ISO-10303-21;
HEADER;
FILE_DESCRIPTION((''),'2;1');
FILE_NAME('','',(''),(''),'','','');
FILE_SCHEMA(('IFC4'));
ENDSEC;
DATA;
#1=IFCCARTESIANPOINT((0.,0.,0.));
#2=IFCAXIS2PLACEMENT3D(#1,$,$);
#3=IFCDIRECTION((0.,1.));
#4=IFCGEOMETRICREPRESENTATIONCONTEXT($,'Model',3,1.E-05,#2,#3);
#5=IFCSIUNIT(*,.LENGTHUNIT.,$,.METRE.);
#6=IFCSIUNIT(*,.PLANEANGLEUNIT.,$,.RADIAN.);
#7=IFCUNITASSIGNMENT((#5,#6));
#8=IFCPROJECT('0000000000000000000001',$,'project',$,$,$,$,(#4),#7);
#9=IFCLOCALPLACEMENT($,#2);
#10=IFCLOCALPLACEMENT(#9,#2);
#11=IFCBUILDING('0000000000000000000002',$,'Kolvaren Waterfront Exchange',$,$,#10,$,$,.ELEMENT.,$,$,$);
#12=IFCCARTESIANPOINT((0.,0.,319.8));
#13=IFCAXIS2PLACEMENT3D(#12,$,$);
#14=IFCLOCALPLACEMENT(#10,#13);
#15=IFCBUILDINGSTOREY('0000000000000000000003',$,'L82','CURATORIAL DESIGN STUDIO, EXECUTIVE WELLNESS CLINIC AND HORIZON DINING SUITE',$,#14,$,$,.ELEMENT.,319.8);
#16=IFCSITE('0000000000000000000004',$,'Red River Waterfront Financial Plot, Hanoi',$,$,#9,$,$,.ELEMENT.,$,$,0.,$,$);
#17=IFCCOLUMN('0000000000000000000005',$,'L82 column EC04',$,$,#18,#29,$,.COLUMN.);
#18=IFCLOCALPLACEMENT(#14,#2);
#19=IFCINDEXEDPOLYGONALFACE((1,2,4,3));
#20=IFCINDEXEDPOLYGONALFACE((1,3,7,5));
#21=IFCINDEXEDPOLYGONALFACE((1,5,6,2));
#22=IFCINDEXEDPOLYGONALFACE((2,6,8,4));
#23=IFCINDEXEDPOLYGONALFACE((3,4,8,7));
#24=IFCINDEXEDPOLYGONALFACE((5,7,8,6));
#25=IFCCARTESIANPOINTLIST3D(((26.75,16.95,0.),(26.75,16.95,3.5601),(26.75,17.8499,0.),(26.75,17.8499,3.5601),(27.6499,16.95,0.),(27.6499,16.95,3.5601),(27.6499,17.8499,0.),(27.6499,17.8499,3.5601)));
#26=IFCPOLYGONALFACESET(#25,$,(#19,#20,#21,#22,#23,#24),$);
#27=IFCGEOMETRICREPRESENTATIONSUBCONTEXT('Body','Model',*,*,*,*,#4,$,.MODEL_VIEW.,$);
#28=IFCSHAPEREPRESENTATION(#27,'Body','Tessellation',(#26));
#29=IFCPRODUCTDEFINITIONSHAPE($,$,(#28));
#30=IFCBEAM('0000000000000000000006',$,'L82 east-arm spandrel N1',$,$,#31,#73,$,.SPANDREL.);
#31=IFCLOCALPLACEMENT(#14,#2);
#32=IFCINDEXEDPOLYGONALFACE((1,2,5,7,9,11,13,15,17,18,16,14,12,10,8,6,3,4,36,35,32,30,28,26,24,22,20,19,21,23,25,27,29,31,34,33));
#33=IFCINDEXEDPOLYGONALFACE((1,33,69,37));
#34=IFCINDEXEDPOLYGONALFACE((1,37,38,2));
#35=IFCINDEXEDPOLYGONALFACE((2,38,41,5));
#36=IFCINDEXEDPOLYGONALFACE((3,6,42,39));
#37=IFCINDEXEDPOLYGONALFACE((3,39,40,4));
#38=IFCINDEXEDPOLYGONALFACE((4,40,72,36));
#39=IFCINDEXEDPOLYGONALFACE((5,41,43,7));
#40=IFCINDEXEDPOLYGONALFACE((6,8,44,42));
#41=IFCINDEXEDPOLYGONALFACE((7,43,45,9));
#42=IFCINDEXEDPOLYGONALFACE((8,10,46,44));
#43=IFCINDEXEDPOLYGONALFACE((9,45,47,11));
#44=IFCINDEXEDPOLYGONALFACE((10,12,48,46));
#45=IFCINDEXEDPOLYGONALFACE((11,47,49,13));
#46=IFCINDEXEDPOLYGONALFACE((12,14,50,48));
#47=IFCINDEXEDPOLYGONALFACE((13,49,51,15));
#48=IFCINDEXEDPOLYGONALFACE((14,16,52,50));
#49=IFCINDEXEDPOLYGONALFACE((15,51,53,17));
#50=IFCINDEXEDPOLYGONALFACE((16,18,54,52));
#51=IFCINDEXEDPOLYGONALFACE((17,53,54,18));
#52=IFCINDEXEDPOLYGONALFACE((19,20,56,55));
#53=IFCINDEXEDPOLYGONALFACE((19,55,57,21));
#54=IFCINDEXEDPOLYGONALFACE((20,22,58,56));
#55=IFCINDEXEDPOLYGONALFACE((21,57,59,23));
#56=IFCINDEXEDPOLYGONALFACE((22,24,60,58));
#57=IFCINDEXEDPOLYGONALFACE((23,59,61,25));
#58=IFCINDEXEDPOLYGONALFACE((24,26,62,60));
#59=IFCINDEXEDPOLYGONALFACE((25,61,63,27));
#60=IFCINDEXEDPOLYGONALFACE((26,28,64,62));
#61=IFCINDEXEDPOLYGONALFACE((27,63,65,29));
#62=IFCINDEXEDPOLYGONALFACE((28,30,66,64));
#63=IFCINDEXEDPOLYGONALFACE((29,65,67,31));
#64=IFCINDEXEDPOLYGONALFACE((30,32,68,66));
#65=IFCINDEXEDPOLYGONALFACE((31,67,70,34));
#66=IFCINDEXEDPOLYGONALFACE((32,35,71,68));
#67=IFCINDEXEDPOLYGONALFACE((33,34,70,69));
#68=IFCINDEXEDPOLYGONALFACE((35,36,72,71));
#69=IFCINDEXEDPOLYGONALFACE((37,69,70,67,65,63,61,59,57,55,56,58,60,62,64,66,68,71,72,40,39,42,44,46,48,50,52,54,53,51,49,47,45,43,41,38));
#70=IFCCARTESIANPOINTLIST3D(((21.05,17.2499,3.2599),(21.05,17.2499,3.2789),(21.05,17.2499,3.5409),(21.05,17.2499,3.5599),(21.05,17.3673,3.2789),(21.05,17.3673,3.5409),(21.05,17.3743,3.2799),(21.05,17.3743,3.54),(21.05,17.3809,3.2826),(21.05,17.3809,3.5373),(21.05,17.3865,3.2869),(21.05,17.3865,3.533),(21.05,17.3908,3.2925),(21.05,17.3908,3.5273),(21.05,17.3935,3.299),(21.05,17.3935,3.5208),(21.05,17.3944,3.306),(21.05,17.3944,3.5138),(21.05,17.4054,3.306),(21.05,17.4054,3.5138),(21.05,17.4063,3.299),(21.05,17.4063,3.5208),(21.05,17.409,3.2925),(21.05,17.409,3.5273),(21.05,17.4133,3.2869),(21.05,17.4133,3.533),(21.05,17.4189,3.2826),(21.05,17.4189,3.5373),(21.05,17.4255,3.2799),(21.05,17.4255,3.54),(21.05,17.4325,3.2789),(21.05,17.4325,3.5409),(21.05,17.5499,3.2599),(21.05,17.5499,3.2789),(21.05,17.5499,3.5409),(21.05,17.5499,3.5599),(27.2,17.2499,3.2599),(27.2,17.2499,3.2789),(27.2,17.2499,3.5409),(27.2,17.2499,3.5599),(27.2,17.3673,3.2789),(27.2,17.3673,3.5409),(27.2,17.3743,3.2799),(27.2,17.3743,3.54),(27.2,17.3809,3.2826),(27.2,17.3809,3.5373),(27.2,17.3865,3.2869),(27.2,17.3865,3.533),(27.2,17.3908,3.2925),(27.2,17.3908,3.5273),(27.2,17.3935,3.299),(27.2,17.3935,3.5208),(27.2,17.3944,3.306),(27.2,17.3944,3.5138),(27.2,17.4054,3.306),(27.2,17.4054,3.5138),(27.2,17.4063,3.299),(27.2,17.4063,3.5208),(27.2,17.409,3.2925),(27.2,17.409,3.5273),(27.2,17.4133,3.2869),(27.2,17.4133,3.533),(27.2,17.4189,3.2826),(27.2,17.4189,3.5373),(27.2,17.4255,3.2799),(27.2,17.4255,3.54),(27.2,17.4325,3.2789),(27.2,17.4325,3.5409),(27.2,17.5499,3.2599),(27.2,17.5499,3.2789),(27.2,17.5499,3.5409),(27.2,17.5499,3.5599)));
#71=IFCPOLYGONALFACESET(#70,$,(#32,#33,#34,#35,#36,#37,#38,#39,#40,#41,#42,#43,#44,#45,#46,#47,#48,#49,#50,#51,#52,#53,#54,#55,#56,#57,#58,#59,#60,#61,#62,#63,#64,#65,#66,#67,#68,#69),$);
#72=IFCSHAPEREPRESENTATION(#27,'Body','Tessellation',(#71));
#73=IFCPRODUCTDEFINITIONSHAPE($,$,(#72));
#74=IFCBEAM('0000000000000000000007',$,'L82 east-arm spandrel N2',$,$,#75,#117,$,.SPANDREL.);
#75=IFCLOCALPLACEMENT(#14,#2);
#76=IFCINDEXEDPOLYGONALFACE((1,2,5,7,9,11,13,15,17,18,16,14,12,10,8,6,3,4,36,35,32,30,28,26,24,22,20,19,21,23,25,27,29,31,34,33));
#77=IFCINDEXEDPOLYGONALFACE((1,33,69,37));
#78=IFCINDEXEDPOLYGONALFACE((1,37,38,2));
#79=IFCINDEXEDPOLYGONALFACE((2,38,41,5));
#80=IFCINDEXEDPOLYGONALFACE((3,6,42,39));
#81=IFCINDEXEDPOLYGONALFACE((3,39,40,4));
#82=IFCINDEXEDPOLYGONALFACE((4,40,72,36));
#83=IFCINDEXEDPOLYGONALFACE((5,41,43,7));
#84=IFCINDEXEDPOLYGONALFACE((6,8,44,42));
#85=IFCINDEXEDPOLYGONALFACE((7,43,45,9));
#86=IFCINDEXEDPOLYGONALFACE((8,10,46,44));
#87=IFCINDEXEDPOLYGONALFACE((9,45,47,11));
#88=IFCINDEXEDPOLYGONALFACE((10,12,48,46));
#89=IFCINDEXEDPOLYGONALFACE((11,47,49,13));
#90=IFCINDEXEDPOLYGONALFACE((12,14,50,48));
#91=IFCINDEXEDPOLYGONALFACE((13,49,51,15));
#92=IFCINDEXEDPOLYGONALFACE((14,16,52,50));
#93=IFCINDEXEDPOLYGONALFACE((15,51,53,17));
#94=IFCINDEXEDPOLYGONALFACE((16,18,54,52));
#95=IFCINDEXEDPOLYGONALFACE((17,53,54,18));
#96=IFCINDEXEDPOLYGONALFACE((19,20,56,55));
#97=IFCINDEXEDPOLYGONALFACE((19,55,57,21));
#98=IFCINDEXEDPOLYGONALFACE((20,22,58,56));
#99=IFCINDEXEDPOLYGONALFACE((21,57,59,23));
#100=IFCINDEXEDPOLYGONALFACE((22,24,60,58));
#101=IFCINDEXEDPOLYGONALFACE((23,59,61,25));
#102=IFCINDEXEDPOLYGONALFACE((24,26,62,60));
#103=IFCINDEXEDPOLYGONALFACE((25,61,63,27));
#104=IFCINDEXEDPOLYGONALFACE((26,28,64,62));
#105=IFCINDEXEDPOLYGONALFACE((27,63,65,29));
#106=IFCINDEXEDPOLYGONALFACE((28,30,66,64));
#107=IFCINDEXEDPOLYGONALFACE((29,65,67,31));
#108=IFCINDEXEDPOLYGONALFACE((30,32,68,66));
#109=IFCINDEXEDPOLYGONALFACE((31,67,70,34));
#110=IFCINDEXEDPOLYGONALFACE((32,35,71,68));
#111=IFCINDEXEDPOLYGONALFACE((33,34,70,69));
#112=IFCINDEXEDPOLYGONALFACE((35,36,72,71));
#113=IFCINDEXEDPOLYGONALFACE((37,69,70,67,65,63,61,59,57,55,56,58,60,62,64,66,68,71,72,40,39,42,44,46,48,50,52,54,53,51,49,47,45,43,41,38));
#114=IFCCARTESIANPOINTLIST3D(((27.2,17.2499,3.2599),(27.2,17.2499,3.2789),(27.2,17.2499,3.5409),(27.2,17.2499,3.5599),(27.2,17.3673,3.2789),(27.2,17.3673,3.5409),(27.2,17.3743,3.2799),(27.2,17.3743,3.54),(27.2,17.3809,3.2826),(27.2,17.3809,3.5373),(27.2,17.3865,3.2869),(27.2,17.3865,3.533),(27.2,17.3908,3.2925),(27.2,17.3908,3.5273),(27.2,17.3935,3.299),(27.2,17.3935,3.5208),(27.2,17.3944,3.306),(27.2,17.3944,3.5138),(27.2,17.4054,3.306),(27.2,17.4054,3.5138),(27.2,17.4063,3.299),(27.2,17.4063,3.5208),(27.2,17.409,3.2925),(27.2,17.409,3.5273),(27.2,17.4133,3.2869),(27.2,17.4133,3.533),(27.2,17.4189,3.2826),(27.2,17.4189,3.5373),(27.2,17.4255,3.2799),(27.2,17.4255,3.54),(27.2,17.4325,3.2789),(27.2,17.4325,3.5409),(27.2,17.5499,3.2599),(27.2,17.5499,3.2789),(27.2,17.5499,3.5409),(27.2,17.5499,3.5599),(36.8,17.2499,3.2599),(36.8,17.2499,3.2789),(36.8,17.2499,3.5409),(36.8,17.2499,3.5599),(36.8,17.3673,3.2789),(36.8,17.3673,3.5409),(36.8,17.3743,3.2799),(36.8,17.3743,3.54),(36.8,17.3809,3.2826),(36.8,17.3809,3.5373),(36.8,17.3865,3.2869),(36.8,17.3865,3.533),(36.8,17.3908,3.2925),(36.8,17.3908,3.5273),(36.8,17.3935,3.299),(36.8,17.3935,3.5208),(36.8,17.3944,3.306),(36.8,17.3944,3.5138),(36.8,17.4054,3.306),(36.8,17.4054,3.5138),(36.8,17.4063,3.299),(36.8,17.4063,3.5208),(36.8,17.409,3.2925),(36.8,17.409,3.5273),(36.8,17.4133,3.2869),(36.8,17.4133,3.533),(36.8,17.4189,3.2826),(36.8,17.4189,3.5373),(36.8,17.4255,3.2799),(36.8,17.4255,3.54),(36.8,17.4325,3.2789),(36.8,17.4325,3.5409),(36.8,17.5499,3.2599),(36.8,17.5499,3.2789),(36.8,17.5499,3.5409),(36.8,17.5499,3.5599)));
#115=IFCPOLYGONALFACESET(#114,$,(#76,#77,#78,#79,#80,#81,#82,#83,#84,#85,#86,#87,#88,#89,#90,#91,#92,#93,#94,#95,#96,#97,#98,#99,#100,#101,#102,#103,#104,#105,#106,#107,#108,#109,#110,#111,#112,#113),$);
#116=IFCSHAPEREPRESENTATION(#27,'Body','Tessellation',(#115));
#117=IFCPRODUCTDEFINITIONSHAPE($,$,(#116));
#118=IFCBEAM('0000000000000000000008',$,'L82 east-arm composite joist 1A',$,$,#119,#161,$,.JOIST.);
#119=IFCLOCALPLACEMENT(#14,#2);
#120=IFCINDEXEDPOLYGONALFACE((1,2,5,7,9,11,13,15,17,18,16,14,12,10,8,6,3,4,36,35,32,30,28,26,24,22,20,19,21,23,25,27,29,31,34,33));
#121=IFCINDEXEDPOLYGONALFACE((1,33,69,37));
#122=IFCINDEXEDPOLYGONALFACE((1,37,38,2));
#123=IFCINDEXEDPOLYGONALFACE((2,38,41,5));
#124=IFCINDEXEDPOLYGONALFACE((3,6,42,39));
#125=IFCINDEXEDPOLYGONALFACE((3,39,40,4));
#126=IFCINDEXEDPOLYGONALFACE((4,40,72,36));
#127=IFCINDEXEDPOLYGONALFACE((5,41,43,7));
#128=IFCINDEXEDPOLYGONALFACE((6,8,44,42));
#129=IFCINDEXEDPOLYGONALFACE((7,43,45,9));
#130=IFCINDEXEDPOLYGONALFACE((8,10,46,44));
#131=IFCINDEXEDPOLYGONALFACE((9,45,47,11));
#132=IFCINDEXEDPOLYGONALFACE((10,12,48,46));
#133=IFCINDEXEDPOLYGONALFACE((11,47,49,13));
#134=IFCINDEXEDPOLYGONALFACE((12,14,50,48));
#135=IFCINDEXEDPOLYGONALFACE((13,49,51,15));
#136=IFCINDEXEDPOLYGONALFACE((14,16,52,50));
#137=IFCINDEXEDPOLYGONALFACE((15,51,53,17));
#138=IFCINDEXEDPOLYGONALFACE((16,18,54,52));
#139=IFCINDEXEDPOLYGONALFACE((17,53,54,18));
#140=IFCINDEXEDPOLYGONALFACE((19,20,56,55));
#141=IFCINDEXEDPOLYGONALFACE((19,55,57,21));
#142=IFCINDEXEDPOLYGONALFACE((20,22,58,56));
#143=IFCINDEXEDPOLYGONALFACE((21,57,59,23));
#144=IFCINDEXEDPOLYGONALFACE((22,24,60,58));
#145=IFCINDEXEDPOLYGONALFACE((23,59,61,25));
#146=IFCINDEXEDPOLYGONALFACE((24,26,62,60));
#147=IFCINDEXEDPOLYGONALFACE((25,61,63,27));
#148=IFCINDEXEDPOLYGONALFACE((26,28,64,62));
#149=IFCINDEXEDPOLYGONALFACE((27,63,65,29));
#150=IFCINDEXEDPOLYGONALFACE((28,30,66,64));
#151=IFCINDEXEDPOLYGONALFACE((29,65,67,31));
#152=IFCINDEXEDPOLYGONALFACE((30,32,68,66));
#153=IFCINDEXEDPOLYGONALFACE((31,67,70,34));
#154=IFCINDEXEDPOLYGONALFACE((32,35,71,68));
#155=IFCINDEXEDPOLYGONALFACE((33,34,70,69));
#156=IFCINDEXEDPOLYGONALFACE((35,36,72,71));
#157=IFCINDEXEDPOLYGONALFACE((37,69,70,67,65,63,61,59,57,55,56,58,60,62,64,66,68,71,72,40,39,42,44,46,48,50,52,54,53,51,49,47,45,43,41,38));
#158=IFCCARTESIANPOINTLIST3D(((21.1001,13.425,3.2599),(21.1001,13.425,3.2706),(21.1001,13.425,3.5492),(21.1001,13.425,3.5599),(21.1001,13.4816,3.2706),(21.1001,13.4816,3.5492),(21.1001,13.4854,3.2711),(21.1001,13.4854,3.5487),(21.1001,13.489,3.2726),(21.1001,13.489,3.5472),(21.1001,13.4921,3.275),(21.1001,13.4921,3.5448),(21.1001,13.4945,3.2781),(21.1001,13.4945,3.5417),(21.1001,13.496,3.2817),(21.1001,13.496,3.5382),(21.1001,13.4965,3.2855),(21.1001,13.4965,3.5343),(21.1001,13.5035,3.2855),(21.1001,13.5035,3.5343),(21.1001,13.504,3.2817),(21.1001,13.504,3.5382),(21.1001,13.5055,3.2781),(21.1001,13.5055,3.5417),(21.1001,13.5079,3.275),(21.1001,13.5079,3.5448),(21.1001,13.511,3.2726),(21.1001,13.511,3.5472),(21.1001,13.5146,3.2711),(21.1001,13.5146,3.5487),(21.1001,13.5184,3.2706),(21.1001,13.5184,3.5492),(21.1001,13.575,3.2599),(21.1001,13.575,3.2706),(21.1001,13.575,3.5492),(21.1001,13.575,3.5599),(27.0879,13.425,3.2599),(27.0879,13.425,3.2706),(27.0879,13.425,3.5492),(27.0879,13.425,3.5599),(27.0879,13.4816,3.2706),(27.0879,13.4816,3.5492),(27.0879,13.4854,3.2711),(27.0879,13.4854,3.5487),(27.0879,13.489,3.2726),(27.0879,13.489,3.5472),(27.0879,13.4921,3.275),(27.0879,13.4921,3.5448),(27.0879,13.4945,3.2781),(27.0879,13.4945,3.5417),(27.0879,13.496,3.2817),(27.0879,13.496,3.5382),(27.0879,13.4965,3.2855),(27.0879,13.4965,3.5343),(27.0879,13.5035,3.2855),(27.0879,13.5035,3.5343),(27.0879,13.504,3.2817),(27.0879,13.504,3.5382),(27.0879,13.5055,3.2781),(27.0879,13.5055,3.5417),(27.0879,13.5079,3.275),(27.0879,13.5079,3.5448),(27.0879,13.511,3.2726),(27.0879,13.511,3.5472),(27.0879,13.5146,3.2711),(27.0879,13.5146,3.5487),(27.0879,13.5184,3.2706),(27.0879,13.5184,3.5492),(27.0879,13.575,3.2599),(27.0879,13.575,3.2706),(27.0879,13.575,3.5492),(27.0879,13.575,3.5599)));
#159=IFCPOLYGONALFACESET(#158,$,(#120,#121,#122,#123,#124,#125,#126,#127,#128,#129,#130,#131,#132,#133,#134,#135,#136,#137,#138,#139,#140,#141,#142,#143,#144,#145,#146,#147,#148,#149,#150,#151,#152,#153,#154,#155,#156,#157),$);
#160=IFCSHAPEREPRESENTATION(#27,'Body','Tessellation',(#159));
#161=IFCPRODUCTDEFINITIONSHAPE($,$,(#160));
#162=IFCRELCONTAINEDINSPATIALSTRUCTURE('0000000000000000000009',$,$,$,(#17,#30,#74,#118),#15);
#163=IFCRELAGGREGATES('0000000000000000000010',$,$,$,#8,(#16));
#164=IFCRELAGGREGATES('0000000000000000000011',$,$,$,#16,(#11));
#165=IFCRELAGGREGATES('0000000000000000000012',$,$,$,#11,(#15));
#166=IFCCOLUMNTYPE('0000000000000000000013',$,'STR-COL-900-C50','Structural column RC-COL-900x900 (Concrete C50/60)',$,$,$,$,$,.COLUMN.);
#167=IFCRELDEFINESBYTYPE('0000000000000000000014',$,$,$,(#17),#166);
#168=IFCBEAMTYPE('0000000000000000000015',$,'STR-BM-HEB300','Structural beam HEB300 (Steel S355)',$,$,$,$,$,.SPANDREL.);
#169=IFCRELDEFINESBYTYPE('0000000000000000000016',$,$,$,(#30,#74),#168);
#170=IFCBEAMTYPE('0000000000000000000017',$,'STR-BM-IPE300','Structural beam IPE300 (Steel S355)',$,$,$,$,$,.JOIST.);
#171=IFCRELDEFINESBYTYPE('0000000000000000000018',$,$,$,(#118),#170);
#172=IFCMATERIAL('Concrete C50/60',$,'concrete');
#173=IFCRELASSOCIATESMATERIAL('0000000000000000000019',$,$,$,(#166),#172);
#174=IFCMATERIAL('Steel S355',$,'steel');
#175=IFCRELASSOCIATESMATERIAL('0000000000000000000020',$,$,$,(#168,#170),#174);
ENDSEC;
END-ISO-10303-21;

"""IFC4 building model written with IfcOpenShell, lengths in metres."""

from ifc_helpers import new_model, si_unit, direction, frame, origin, origin_2d, place, context, subcontext, project, spatial, rectangle, i_section, extrude, material, material_profile, profile_set, type_object, element, save


model = new_model("IFC4")

# Units and contexts
model_context = context("Model", 3, precision=1e-05, world=origin(), true_north=direction((0.0, 1.0)))
body_context = subcontext(model_context, "Body", "Model", "MODEL_VIEW")
ifc_project = project(units=[si_unit("LENGTHUNIT", "METRE"), si_unit("PLANEANGLEUNIT", "RADIAN")], contexts=[model_context])

# Site, building, storey
site_placement = place(None, origin())
site = spatial("IfcSite", under=ifc_project, at=site_placement, Name="Red River Waterfront Financial Plot, Hanoi", CompositionType="ELEMENT", RefElevation=0.0)
building_placement = place(site_placement, origin())
building = spatial("IfcBuilding", under=site, at=building_placement, Name="Kolvaren Waterfront Exchange", CompositionType="ELEMENT")
storey_placement = place(building_placement, frame((0.0, 0.0, 319.8)))
storey = spatial("IfcBuildingStorey", under=building, at=storey_placement, Name="L82", Description="CURATORIAL DESIGN STUDIO, EXECUTIVE WELLNESS CLINIC AND HORIZON DINING SUITE", CompositionType="ELEMENT", Elevation=319.8)

# Column
ifc_material_1 = material(Name="Concrete C50/60", Category="concrete")
ifc_material_profile_1 = material_profile(ifc_material_1, rectangle(XDim=0.8999, YDim=0.8999, at=origin_2d()), Name="RC-COL-900x900")
ifc_profile_set_1 = profile_set([ifc_material_profile_1], Name="Concrete C50/60")
column_type = type_object("IfcColumnType", Name="STR-COL-900-C50", Description="Structural column RC-COL-900x900 (Concrete C50/60)", PredefinedType="COLUMN", material=ifc_profile_set_1)
column_placement = place(storey_placement, frame((27.2, 17.3999, 0.0), z_axis=(0.0, 0.0, 1.0), x_axis=(1.0, 0.0, 0.0)))
element("IfcColumn", 1, at=column_placement, inside=storey, type_object=column_type, Name="L82 column EC04", PredefinedType="COLUMN", context=body_context, shape_type="SweptSolid", body=[
    extrude(rectangle(XDim=0.8999, YDim=0.8999, at=origin_2d()), origin(), (0.0, 0.0, 1.0), 3.5601),
])

# Beams
ifc_material_2 = material(Name="Steel S355", Category="steel")
ifc_material_profile_2 = material_profile(ifc_material_2, i_section(OverallWidth=0.3, OverallDepth=0.3, WebThickness=0.011, FlangeThickness=0.019, FilletRadius=0.0271, at=origin_2d()), Name="HEB300")
ifc_profile_set_2 = profile_set([ifc_material_profile_2], Name="Steel S355")
beam_type_1 = type_object("IfcBeamType", Name="STR-BM-HEB300", Description="Structural beam HEB300 (Steel S355)", PredefinedType="SPANDREL", material=ifc_profile_set_2)
beam_1_placement = place(storey_placement, frame((21.05, 17.3999, 3.4099), z_axis=(1.0, 0.0, 0.0), x_axis=(0.0, 1.0, 0.0)))
element("IfcBeam", 2, at=beam_1_placement, inside=storey, type_object=beam_type_1, Name="L82 east-arm spandrel N1", PredefinedType="SPANDREL", context=body_context, shape_type="SweptSolid", body=[
    extrude(i_section(OverallWidth=0.3, OverallDepth=0.3, WebThickness=0.011, FlangeThickness=0.019, FilletRadius=0.0271, at=origin_2d()), origin(), (0.0, 0.0, 1.0), 6.1499),
])
beam_2_placement = place(storey_placement, frame((27.2, 17.3999, 3.4099), z_axis=(1.0, 0.0, 0.0), x_axis=(0.0, 1.0, 0.0)))
element("IfcBeam", 3, at=beam_2_placement, inside=storey, type_object=beam_type_1, Name="L82 east-arm spandrel N2", PredefinedType="SPANDREL", context=body_context, shape_type="SweptSolid", body=[
    extrude(i_section(OverallWidth=0.3, OverallDepth=0.3, WebThickness=0.011, FlangeThickness=0.019, FilletRadius=0.0271, at=origin_2d()), origin(), (0.0, 0.0, 1.0), 9.6001),
])
ifc_material_profile_3 = material_profile(ifc_material_2, i_section(OverallWidth=0.1499, OverallDepth=0.3, WebThickness=0.0071, FlangeThickness=0.0107, FilletRadius=0.0149, at=origin_2d()), Name="IPE300")
ifc_profile_set_3 = profile_set([ifc_material_profile_3], Name="Steel S355")
beam_type_2 = type_object("IfcBeamType", Name="STR-BM-IPE300", Description="Structural beam IPE300 (Steel S355)", PredefinedType="JOIST", material=ifc_profile_set_3)
for number, where, z_axis, x_axis, name in (
    (4, (21.1001, 13.5, 3.4099), (1.0, 0.0, 0.0), (0.0, 1.0, 0.0), "L82 east-arm composite joist 1A"),
):
    element("IfcBeam", number, at=place(storey_placement, frame(where, z_axis=z_axis, x_axis=x_axis)), inside=storey, type_object=beam_type_2, Name=name, PredefinedType="JOIST", context=body_context, shape_type="SweptSolid", body=[
        extrude(i_section(OverallWidth=0.1499, OverallDepth=0.3, WebThickness=0.0071, FlangeThickness=0.0107, FilletRadius=0.0149, at=origin_2d()), origin(), (0.0, 0.0, 1.0), 5.9878),
    ])

save(model, "model.ifc")
